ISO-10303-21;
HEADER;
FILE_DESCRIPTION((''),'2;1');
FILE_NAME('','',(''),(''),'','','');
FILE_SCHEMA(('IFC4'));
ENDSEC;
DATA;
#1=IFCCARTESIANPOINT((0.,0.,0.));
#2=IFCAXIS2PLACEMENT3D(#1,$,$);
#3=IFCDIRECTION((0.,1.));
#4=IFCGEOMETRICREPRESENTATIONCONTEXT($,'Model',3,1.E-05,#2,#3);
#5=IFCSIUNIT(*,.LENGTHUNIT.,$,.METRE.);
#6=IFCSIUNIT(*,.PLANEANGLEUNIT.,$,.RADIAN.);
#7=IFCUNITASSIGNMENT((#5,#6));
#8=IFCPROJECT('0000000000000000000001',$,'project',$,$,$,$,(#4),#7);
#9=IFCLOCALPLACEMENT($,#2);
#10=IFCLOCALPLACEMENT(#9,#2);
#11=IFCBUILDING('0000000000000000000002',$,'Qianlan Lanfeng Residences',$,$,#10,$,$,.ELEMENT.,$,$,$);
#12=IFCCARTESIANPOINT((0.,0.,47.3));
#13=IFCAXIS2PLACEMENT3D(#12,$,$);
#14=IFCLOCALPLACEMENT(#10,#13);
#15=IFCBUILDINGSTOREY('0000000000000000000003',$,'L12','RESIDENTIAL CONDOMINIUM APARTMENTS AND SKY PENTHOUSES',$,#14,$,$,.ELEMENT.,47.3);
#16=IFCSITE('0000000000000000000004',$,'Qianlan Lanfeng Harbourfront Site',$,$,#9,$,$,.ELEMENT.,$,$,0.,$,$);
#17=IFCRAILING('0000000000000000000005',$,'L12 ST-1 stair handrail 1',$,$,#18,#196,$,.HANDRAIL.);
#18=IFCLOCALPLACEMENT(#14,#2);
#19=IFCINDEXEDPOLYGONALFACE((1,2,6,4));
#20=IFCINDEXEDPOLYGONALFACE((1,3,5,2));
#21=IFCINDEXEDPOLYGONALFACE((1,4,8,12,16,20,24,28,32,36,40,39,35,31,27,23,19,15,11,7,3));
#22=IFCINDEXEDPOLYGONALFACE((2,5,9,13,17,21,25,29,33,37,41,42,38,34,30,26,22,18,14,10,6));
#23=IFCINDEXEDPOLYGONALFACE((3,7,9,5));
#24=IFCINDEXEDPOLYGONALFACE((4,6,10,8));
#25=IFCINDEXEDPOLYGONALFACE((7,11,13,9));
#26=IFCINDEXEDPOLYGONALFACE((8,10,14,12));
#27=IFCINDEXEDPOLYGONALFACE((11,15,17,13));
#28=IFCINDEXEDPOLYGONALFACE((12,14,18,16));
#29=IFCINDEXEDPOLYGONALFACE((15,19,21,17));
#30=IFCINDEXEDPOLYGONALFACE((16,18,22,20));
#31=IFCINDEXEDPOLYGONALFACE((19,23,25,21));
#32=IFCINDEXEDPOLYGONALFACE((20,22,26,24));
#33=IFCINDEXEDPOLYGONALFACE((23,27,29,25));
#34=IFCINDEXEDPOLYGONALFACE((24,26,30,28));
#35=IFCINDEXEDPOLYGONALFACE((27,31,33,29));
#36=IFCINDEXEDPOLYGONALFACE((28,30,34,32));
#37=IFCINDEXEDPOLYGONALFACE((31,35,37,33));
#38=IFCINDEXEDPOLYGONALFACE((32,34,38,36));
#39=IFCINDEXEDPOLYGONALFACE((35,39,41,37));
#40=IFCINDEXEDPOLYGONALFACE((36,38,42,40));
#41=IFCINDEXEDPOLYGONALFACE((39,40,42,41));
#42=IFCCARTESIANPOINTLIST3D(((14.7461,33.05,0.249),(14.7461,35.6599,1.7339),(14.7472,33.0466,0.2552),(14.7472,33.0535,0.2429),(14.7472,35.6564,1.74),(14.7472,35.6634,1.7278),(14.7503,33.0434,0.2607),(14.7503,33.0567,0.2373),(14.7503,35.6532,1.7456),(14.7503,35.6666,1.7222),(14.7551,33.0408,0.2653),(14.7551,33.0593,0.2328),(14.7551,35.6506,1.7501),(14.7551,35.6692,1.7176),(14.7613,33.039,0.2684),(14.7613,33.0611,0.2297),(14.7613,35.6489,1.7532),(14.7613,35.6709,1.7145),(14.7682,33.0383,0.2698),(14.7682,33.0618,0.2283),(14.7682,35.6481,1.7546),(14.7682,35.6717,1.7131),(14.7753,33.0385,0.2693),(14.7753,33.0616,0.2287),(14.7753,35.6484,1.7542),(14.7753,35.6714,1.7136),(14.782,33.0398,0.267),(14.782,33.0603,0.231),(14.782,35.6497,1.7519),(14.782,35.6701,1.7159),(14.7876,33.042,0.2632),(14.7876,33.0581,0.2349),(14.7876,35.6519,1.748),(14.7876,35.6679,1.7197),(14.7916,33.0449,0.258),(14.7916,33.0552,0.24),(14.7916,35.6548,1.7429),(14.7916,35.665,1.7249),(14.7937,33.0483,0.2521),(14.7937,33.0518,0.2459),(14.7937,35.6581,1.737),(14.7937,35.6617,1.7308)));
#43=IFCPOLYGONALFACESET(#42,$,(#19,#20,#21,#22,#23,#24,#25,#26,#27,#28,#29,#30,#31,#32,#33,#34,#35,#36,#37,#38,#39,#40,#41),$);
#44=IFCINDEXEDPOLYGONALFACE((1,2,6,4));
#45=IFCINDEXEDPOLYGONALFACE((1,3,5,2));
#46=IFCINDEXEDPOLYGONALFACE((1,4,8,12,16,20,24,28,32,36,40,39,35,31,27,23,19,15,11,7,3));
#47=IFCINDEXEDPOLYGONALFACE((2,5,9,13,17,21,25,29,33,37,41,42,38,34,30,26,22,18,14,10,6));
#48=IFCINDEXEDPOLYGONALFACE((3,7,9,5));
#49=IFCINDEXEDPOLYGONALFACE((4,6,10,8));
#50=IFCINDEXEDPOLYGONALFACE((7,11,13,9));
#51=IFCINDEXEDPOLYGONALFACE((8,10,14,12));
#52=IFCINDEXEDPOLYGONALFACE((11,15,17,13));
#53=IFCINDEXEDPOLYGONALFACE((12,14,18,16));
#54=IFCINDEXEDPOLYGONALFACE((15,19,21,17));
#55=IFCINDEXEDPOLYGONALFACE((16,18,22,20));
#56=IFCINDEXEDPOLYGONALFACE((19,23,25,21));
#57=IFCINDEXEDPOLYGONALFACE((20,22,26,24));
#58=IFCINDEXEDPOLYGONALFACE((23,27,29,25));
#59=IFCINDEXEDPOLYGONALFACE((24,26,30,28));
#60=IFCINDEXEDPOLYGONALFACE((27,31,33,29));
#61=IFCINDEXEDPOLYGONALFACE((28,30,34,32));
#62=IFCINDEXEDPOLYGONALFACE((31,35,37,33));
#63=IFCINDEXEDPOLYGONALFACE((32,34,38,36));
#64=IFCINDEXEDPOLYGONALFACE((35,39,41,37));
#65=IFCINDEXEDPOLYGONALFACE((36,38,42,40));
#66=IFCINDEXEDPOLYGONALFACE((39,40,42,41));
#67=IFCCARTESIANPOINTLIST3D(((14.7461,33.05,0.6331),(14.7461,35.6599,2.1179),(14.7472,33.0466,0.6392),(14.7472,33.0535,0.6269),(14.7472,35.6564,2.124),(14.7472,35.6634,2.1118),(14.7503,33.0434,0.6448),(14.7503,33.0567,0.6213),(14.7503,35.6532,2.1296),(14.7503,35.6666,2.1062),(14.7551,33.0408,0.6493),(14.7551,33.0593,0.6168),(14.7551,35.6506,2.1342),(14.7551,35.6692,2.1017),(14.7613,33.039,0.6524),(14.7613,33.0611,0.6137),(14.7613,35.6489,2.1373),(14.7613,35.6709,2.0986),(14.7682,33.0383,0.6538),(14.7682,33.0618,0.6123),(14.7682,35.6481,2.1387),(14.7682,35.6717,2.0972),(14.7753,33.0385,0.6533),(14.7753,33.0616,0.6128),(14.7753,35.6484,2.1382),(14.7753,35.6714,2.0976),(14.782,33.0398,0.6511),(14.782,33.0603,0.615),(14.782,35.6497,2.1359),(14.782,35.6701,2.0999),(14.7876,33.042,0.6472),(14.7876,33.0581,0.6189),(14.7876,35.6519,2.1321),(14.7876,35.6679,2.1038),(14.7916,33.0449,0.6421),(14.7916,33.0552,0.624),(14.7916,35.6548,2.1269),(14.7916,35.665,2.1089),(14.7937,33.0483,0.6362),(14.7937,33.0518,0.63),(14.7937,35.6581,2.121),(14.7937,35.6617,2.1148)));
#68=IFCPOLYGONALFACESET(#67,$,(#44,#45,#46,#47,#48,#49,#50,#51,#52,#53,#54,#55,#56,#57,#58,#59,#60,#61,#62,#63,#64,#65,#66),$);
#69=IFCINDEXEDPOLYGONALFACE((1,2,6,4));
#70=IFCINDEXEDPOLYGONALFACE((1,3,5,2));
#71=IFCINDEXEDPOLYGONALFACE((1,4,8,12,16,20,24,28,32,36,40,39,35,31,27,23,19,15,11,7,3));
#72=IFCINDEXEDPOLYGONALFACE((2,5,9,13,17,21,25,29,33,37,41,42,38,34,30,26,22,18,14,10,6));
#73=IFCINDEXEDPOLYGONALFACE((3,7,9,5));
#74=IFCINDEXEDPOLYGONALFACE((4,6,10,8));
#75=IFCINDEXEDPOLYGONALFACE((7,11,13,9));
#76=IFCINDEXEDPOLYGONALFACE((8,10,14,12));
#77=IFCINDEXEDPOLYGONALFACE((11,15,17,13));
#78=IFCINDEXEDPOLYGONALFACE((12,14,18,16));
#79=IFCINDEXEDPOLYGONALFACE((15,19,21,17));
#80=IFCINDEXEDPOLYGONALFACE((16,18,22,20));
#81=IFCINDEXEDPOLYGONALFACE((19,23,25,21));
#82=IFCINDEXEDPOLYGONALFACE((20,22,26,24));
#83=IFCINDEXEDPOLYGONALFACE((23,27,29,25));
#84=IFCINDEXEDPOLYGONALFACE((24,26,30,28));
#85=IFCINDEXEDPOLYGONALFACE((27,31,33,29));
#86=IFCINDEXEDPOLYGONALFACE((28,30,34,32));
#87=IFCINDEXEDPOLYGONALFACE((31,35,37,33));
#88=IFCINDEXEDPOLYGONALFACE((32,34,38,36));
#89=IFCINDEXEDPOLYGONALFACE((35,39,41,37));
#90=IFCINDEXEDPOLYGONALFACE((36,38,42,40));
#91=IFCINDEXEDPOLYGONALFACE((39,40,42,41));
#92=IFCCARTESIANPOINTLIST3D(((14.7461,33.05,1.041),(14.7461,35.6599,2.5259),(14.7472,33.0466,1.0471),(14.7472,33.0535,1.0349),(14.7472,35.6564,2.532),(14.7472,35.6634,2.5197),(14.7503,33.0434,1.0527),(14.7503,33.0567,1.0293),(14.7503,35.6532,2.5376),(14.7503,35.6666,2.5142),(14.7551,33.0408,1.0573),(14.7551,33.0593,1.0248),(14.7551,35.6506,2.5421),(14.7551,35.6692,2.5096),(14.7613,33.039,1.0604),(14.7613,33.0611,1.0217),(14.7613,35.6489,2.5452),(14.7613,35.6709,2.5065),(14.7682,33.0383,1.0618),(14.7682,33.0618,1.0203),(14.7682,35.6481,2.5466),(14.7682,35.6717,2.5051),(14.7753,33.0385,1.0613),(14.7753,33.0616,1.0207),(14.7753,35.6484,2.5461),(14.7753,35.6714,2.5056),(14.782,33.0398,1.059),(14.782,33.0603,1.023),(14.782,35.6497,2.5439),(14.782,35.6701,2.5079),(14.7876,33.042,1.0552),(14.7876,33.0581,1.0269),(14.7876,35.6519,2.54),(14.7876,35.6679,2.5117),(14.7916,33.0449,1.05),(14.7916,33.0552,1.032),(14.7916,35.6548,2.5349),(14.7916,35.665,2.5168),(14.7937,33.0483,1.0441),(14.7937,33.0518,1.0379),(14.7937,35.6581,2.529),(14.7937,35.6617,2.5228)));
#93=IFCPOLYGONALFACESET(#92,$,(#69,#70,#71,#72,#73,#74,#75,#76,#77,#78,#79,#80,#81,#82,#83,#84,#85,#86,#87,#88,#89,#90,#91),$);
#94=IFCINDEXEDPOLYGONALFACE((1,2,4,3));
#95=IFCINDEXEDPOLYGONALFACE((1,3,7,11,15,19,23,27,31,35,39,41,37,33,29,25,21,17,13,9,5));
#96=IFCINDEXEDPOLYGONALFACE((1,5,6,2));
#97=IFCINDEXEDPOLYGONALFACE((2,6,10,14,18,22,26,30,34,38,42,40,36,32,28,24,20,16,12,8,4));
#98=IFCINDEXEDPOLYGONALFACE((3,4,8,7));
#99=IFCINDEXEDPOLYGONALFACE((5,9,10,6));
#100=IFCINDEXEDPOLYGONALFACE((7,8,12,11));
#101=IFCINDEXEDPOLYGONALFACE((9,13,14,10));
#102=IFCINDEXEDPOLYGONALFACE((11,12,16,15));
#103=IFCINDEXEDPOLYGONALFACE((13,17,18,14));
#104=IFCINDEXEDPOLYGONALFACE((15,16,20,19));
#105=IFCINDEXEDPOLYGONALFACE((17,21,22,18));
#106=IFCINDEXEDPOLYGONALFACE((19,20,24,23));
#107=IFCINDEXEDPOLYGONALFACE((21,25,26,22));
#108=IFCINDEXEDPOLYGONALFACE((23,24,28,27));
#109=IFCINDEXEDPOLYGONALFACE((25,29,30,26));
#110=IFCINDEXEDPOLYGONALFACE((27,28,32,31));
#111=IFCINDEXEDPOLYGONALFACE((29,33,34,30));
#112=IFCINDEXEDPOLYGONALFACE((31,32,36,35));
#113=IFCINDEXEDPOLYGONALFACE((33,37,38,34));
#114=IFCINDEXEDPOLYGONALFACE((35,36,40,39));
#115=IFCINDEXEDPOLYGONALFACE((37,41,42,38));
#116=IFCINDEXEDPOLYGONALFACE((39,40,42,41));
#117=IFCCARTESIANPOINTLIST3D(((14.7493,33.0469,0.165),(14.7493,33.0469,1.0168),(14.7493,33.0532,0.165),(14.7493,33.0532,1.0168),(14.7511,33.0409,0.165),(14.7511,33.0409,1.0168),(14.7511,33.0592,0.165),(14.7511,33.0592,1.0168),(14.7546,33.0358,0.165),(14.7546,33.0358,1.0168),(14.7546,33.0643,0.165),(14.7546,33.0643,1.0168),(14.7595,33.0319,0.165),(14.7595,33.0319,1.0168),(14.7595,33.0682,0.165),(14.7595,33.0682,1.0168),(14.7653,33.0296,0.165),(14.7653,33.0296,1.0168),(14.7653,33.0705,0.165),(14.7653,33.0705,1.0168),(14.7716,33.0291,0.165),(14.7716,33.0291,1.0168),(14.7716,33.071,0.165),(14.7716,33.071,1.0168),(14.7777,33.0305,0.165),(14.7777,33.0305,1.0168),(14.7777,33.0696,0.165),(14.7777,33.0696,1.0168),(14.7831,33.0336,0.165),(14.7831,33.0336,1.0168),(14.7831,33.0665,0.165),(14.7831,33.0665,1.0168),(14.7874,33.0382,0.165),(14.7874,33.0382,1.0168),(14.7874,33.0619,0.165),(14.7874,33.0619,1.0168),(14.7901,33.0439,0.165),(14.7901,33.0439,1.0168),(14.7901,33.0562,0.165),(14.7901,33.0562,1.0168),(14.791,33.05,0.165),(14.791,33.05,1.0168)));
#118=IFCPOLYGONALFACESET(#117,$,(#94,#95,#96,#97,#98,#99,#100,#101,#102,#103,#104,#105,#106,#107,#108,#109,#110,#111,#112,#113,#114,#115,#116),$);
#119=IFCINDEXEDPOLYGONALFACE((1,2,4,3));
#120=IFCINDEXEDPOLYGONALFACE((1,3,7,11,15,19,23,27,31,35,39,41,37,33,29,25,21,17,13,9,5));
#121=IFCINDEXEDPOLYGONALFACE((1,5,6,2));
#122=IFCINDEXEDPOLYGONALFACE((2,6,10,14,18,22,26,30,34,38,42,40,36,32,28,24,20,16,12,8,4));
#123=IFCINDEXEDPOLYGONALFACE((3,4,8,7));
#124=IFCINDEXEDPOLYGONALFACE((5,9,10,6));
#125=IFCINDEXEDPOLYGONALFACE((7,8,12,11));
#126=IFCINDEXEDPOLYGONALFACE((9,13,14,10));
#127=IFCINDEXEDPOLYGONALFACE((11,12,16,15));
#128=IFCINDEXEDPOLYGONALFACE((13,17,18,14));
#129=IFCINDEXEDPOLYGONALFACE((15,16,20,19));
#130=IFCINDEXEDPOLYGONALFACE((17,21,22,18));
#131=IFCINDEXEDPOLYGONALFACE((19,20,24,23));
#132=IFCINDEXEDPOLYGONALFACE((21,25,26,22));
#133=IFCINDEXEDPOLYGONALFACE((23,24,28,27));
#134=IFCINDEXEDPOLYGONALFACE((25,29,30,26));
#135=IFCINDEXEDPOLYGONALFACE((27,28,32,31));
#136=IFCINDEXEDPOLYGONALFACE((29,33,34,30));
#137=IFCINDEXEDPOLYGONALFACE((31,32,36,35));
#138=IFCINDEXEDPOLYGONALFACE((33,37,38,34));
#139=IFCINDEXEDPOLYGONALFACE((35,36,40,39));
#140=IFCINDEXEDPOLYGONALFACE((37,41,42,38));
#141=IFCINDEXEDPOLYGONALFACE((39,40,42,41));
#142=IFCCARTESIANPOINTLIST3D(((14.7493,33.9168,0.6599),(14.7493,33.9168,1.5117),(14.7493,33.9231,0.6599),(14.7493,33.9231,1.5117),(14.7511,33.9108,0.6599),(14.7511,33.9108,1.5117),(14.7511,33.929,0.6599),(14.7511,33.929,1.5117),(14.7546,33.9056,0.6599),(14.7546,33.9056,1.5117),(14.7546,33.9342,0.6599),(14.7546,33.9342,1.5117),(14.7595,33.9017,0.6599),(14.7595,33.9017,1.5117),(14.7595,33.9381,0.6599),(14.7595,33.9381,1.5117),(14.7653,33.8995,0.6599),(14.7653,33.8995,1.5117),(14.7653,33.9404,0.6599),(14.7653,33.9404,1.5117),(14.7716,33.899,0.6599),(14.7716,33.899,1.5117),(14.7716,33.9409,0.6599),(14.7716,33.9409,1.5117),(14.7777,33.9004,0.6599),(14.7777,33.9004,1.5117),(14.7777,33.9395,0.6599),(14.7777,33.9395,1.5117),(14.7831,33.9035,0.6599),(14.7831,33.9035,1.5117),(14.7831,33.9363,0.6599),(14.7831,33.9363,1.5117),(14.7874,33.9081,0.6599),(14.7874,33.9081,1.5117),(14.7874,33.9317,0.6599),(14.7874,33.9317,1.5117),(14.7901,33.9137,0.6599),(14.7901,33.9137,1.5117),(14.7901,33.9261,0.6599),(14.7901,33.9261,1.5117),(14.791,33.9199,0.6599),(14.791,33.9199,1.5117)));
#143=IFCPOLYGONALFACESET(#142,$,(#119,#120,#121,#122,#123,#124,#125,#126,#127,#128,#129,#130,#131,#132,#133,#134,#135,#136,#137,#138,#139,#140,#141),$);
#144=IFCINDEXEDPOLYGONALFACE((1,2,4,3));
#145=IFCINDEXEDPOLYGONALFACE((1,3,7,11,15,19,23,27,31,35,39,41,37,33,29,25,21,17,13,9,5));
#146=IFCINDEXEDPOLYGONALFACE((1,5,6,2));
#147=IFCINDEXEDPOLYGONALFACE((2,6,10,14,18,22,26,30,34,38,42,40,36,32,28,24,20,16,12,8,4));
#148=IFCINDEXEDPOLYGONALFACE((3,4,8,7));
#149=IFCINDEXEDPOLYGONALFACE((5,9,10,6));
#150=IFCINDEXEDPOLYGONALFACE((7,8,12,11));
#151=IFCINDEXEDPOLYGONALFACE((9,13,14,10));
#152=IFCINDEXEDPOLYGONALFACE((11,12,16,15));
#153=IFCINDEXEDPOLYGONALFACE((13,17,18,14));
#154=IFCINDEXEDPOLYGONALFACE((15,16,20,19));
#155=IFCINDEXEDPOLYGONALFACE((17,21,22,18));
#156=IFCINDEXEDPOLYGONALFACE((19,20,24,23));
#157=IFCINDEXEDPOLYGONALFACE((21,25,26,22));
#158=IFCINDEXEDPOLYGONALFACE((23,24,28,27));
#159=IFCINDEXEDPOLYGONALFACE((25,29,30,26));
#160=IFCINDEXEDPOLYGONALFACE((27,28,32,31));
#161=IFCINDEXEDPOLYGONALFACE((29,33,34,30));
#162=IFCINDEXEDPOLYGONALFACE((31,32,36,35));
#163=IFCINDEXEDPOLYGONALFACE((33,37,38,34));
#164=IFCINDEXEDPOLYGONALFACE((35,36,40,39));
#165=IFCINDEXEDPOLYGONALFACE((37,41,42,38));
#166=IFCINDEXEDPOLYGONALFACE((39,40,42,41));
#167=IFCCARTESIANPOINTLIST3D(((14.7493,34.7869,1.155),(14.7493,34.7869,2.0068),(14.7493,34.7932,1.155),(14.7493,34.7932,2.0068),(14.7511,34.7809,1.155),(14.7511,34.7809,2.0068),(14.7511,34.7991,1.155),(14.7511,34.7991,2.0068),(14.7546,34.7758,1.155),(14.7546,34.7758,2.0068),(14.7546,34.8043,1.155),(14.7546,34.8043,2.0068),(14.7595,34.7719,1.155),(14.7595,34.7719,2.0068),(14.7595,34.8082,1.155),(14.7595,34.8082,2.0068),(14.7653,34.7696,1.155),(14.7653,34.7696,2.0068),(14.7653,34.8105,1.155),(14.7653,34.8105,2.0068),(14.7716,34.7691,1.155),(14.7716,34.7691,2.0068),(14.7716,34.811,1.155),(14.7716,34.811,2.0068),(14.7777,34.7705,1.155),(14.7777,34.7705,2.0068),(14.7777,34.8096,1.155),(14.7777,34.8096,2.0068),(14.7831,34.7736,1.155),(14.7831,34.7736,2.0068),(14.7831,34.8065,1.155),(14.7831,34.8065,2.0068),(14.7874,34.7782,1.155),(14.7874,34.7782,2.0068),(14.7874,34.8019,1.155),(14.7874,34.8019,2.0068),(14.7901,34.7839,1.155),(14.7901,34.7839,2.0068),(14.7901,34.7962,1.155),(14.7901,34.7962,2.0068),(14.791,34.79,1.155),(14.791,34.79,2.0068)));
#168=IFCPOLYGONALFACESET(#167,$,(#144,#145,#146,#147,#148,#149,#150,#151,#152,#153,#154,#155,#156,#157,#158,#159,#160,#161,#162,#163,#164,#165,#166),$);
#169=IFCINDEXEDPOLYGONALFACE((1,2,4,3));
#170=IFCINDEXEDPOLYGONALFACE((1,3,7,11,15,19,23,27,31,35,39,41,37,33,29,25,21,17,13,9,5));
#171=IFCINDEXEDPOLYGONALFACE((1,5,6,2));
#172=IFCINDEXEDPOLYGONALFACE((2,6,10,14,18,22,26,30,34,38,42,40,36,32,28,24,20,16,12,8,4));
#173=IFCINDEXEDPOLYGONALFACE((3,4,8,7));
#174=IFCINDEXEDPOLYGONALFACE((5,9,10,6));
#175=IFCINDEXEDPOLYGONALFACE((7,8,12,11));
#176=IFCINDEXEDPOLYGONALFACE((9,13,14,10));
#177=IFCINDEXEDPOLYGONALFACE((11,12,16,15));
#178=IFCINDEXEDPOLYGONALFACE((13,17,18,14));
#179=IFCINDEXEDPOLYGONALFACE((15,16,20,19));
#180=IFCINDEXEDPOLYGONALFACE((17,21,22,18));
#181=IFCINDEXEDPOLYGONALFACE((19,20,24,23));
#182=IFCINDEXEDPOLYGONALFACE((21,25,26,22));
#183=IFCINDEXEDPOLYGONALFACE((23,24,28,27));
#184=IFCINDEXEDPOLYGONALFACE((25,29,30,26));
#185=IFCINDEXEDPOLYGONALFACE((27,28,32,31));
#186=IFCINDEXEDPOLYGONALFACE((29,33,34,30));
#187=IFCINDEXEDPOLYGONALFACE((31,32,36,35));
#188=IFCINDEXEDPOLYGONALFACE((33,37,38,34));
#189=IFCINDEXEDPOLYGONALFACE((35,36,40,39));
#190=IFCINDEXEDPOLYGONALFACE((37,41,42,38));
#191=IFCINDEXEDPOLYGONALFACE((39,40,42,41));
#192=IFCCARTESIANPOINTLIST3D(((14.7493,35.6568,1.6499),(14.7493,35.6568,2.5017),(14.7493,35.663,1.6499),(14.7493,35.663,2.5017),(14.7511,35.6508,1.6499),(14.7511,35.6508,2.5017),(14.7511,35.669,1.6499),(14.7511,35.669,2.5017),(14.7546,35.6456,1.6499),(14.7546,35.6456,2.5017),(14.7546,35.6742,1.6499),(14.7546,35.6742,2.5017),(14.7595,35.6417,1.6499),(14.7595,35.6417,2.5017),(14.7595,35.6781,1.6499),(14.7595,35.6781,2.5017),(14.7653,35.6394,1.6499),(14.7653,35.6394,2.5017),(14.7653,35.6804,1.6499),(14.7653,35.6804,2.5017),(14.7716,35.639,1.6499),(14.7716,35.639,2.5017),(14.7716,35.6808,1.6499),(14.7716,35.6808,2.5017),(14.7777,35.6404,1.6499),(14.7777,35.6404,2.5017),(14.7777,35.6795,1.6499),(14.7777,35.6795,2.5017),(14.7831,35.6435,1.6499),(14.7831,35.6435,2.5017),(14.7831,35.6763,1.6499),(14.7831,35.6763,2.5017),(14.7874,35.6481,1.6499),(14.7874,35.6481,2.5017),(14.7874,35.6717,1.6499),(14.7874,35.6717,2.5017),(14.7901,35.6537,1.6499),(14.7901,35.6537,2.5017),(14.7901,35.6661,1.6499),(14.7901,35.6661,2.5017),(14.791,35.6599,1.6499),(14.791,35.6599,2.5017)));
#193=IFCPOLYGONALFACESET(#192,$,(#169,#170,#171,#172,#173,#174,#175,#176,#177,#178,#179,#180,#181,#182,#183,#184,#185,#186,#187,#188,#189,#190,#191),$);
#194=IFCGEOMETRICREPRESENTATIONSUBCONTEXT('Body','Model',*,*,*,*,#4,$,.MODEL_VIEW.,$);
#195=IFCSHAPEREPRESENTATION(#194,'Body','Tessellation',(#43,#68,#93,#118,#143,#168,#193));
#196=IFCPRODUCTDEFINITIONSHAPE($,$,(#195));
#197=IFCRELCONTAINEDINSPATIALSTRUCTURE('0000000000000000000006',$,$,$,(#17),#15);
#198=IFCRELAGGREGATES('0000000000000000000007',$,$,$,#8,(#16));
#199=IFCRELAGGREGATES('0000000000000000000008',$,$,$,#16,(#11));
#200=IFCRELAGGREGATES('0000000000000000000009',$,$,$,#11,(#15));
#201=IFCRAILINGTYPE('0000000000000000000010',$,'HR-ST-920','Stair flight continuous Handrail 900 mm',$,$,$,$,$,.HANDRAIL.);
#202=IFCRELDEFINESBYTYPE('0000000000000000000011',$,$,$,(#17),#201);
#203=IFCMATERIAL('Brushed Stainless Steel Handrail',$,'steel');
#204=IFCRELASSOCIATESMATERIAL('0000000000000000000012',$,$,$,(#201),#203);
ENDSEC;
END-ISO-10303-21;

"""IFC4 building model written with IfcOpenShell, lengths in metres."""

from ifc_helpers import new_model, si_unit, direction, frame, origin, origin_2d, place, context, subcontext, project, spatial, circle, extrude, material, type_object, element, save


model = new_model("IFC4")

# Units and contexts
model_context = context("Model", 3, precision=1e-05, world=origin(), true_north=direction((0.0, 1.0)))
body_context = subcontext(model_context, "Body", "Model", "MODEL_VIEW")
ifc_project = project(units=[si_unit("LENGTHUNIT", "METRE"), si_unit("PLANEANGLEUNIT", "RADIAN")], contexts=[model_context])

# Site, building, storey
site_placement = place(None, origin())
site = spatial("IfcSite", under=ifc_project, at=site_placement, Name="Qianlan Lanfeng Harbourfront Site", CompositionType="ELEMENT", RefElevation=0.0)
building_placement = place(site_placement, origin())
building = spatial("IfcBuilding", under=site, at=building_placement, Name="Qianlan Lanfeng Residences", CompositionType="ELEMENT")
storey_placement = place(building_placement, frame((0.0, 0.0, 47.3)))
storey = spatial("IfcBuildingStorey", under=building, at=storey_placement, Name="L12", Description="RESIDENTIAL CONDOMINIUM APARTMENTS AND SKY PENTHOUSES", CompositionType="ELEMENT", Elevation=47.3)

# Railing
ifc_material_1 = material(Name="Brushed Stainless Steel Handrail", Category="steel")
railing_type_1 = type_object("IfcRailingType", Name="HR-ST-920", Description="Stair flight continuous Handrail 900 mm", PredefinedType="HANDRAIL", material=ifc_material_1)
railing_1_placement = place(storey_placement, frame((14.77, 33.05, 0.165)))
element("IfcRailing", 1, at=railing_1_placement, inside=storey, type_object=railing_type_1, Name="L12 ST-1 stair handrail 1", PredefinedType="HANDRAIL", context=body_context, shape_type="SweptSolid", body=[
    extrude(circle(Radius=0.0239, at=origin_2d()), frame((0.0, 0.0, 0.084), z_axis=(0.0, 0.869172, 0.494509), x_axis=(-1.0, 0.0, 0.0)), (0.0, 0.0, 1.0), 3.0027),
    extrude(circle(Radius=0.0239, at=origin_2d()), frame((0.0, 0.0, 0.468), z_axis=(0.0, 0.869172, 0.494509), x_axis=(-1.0, 0.0, 0.0)), (0.0, 0.0, 1.0), 3.0027),
    extrude(circle(Radius=0.0239, at=origin_2d()), frame((0.0, 0.0, 0.876), z_axis=(0.0, 0.869172, 0.494509), x_axis=(-1.0, 0.0, 0.0)), (0.0, 0.0, 1.0), 3.0027),
    extrude(circle(Radius=0.021, at=origin_2d()), origin(), (0.0, 0.0, 1.0), 0.8518),
    extrude(circle(Radius=0.021, at=origin_2d()), frame((0.0, 0.8699, 0.4949)), (0.0, 0.0, 1.0), 0.8518),
    extrude(circle(Radius=0.021, at=origin_2d()), frame((0.0, 1.74, 0.99)), (0.0, 0.0, 1.0), 0.8518),
    extrude(circle(Radius=0.021, at=origin_2d()), frame((0.0, 2.6099, 1.4849)), (0.0, 0.0, 1.0), 0.8518),
])

save(model, "model.ifc")
